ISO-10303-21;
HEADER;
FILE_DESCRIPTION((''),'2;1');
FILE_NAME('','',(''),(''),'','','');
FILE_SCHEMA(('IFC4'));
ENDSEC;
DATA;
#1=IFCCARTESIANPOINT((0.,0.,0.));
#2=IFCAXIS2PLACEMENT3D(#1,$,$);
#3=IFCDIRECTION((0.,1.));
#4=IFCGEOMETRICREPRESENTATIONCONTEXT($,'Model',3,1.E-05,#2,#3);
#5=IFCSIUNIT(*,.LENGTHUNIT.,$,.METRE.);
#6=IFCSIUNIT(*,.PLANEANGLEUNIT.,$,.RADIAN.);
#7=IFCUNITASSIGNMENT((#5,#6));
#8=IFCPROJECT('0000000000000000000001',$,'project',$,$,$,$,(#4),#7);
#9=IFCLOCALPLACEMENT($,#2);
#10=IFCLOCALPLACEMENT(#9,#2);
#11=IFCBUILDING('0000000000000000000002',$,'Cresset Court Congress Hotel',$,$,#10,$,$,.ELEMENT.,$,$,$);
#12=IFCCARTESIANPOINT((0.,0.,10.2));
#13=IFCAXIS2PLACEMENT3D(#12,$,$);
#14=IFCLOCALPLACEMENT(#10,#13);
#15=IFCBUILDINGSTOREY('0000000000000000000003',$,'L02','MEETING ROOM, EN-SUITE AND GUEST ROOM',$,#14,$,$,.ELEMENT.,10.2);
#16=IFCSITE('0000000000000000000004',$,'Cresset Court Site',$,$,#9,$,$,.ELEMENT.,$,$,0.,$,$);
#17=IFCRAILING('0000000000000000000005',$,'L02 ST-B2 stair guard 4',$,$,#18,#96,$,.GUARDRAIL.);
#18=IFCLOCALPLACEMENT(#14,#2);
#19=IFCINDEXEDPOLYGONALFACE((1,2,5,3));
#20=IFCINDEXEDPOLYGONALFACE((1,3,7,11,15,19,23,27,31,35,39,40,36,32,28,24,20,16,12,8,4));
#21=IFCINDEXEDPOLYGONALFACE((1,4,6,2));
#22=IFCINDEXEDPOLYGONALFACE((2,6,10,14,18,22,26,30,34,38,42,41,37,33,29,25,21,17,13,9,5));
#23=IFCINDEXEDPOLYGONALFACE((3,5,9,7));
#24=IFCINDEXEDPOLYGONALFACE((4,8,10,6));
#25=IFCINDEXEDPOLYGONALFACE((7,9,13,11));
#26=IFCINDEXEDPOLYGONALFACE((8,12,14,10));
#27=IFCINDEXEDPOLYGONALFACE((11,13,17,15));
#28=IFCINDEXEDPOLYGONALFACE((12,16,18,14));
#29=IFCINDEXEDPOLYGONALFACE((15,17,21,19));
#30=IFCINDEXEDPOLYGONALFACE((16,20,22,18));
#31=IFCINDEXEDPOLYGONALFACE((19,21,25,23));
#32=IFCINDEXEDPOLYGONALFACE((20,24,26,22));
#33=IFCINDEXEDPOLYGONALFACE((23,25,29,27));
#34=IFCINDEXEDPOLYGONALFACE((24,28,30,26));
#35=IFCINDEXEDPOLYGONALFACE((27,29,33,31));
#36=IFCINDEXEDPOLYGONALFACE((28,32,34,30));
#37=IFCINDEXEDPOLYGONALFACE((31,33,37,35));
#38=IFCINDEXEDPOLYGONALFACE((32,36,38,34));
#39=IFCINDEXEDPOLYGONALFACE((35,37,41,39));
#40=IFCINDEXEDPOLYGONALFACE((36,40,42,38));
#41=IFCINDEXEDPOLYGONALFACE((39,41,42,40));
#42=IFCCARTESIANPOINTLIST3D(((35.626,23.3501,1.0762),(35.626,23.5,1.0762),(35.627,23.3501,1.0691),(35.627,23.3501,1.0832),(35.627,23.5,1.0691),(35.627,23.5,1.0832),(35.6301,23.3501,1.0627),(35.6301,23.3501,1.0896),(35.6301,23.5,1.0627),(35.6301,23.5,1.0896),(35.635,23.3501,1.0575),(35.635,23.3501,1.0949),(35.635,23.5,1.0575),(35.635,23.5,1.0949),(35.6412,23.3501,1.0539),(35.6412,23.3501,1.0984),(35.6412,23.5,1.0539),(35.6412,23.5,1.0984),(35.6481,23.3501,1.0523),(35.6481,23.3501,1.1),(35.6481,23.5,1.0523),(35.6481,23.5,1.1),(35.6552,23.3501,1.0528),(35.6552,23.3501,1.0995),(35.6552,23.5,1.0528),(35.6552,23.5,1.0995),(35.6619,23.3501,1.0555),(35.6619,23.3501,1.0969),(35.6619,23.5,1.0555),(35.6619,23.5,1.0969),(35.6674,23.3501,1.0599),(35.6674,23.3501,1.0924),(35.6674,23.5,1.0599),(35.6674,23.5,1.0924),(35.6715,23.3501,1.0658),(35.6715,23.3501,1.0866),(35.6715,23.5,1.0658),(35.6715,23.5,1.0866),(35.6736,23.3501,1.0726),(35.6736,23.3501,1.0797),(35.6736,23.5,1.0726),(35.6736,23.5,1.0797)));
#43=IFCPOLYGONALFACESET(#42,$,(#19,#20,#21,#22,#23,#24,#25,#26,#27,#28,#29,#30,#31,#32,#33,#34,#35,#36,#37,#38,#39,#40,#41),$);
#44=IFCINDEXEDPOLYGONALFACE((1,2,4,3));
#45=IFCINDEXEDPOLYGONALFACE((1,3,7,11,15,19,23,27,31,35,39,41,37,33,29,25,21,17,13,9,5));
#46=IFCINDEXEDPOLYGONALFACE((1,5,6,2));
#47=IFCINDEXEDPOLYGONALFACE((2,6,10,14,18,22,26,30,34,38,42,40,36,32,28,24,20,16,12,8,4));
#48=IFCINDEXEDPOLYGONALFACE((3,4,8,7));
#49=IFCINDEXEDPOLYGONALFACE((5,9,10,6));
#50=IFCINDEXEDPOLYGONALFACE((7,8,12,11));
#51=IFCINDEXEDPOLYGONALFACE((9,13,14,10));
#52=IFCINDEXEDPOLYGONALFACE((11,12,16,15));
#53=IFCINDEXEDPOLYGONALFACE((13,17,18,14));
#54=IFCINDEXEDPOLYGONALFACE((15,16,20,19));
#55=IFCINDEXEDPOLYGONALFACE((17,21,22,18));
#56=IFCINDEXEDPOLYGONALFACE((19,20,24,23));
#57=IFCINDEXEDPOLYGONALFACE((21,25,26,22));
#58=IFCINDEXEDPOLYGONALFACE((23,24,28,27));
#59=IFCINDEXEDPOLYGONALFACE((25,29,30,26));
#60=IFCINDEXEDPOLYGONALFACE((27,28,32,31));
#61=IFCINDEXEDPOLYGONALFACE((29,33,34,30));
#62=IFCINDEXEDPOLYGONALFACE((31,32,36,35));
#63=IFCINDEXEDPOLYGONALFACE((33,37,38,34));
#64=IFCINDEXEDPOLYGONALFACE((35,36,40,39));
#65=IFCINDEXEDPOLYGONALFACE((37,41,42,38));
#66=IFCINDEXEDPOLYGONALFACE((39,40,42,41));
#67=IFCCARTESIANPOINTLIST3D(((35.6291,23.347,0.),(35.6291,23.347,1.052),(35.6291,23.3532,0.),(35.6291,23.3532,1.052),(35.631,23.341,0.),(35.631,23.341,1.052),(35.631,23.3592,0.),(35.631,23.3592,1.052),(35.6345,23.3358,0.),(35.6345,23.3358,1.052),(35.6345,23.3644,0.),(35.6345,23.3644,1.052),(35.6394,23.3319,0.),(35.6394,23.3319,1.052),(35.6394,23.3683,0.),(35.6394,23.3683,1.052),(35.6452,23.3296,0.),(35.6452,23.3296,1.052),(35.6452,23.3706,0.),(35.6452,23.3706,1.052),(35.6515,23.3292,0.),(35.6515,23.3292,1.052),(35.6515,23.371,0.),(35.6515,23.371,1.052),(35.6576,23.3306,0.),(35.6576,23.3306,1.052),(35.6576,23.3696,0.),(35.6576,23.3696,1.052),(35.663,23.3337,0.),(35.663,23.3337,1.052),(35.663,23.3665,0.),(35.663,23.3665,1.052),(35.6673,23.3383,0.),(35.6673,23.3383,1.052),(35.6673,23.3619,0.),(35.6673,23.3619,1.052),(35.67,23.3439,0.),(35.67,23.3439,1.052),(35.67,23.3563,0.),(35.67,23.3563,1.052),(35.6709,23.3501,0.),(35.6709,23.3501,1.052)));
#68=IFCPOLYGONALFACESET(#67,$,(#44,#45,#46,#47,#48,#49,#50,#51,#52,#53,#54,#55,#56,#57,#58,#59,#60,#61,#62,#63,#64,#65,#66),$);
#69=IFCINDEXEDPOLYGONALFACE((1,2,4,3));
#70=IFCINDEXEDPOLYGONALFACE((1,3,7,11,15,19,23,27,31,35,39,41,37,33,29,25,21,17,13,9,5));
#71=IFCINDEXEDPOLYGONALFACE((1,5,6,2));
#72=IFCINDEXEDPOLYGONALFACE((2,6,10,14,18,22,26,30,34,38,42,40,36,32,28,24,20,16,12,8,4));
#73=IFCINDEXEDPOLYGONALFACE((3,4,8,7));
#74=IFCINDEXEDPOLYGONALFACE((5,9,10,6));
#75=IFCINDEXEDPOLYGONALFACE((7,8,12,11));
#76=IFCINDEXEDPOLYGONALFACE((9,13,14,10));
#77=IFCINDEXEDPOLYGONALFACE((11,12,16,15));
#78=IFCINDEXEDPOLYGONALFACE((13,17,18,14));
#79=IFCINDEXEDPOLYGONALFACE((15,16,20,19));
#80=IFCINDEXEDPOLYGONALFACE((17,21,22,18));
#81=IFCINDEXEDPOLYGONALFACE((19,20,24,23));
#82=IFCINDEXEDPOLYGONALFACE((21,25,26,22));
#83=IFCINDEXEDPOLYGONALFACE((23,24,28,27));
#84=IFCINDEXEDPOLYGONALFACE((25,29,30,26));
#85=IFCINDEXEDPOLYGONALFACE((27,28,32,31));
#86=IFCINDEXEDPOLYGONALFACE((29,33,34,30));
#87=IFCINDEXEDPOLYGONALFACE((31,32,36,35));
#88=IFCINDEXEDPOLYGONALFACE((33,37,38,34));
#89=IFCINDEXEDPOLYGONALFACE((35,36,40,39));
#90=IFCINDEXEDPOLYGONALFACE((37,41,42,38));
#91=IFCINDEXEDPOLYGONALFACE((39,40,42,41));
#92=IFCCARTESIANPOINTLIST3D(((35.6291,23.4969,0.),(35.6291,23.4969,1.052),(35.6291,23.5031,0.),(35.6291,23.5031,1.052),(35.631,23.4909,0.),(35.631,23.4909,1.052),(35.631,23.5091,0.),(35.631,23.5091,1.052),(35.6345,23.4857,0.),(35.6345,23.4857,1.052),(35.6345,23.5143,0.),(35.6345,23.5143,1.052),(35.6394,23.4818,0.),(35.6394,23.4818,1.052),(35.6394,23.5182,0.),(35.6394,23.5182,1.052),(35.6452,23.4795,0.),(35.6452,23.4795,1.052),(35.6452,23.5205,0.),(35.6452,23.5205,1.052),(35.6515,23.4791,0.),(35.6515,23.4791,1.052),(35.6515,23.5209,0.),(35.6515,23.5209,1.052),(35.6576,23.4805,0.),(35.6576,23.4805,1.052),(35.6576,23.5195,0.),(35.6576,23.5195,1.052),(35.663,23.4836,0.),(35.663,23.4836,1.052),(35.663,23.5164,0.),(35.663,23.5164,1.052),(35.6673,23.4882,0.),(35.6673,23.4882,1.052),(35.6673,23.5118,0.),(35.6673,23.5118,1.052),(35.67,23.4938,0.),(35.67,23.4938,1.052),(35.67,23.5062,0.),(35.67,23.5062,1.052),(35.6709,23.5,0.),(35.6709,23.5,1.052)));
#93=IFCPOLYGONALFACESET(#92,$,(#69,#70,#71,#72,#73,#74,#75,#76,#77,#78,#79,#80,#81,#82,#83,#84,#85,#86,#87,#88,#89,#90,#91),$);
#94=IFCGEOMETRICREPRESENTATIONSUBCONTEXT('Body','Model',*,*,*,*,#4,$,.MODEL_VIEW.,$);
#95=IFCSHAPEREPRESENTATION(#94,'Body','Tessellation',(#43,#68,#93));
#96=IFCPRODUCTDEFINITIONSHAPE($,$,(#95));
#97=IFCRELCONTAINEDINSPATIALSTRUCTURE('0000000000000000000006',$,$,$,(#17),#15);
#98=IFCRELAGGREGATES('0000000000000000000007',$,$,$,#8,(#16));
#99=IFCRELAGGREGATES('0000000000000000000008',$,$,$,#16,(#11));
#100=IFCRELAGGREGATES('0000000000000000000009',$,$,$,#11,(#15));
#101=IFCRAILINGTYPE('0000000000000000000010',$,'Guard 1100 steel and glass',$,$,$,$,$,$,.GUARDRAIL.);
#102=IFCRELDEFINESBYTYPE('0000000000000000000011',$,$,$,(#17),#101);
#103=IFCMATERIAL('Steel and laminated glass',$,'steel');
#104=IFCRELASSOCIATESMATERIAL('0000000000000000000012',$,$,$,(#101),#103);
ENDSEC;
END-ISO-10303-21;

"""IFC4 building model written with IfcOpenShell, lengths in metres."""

from ifc_helpers import new_model, si_unit, direction, frame, origin, origin_2d, place, context, subcontext, project, spatial, circle, extrude, material, type_object, element, save


model = new_model("IFC4")

# Units and contexts
model_context = context("Model", 3, precision=1e-05, world=origin(), true_north=direction((0.0, 1.0)))
body_context = subcontext(model_context, "Body", "Model", "MODEL_VIEW")
ifc_project = project(units=[si_unit("LENGTHUNIT", "METRE"), si_unit("PLANEANGLEUNIT", "RADIAN")], contexts=[model_context])

# Site, building, storey
site_placement = place(None, origin())
site = spatial("IfcSite", under=ifc_project, at=site_placement, Name="Cresset Court Site", CompositionType="ELEMENT", RefElevation=0.0)
building_placement = place(site_placement, origin())
building = spatial("IfcBuilding", under=site, at=building_placement, Name="Cresset Court Congress Hotel", CompositionType="ELEMENT")
storey_placement = place(building_placement, frame((0.0, 0.0, 10.2)))
storey = spatial("IfcBuildingStorey", under=building, at=storey_placement, Name="L02", Description="MEETING ROOM, EN-SUITE AND GUEST ROOM", CompositionType="ELEMENT", Elevation=10.2)

# Railing
ifc_material_1 = material(Name="Steel and laminated glass", Category="steel")
railing_type_1 = type_object("IfcRailingType", Name="Guard 1100 steel and glass", PredefinedType="GUARDRAIL", material=ifc_material_1)
railing_1_placement = place(storey_placement, frame((35.6499, 23.3501, 0.0)))
element("IfcRailing", 1, at=railing_1_placement, inside=storey, type_object=railing_type_1, Name="L02 ST-B2 stair guard 4", PredefinedType="GUARDRAIL", context=body_context, shape_type="SweptSolid", body=[
    extrude(circle(Radius=0.0239, at=origin_2d()), frame((0.0, 0.0, 1.0762), z_axis=(0.0, 1.0, 0.0), x_axis=(-1.0, 0.0, 0.0)), (0.0, 0.0, 1.0), 0.1499),
    extrude(circle(Radius=0.021, at=origin_2d()), origin(), (0.0, 0.0, 1.0), 1.052),
    extrude(circle(Radius=0.021, at=origin_2d()), frame((0.0, 0.1499, 0.0)), (0.0, 0.0, 1.0), 1.052),
])

save(model, "model.ifc")
